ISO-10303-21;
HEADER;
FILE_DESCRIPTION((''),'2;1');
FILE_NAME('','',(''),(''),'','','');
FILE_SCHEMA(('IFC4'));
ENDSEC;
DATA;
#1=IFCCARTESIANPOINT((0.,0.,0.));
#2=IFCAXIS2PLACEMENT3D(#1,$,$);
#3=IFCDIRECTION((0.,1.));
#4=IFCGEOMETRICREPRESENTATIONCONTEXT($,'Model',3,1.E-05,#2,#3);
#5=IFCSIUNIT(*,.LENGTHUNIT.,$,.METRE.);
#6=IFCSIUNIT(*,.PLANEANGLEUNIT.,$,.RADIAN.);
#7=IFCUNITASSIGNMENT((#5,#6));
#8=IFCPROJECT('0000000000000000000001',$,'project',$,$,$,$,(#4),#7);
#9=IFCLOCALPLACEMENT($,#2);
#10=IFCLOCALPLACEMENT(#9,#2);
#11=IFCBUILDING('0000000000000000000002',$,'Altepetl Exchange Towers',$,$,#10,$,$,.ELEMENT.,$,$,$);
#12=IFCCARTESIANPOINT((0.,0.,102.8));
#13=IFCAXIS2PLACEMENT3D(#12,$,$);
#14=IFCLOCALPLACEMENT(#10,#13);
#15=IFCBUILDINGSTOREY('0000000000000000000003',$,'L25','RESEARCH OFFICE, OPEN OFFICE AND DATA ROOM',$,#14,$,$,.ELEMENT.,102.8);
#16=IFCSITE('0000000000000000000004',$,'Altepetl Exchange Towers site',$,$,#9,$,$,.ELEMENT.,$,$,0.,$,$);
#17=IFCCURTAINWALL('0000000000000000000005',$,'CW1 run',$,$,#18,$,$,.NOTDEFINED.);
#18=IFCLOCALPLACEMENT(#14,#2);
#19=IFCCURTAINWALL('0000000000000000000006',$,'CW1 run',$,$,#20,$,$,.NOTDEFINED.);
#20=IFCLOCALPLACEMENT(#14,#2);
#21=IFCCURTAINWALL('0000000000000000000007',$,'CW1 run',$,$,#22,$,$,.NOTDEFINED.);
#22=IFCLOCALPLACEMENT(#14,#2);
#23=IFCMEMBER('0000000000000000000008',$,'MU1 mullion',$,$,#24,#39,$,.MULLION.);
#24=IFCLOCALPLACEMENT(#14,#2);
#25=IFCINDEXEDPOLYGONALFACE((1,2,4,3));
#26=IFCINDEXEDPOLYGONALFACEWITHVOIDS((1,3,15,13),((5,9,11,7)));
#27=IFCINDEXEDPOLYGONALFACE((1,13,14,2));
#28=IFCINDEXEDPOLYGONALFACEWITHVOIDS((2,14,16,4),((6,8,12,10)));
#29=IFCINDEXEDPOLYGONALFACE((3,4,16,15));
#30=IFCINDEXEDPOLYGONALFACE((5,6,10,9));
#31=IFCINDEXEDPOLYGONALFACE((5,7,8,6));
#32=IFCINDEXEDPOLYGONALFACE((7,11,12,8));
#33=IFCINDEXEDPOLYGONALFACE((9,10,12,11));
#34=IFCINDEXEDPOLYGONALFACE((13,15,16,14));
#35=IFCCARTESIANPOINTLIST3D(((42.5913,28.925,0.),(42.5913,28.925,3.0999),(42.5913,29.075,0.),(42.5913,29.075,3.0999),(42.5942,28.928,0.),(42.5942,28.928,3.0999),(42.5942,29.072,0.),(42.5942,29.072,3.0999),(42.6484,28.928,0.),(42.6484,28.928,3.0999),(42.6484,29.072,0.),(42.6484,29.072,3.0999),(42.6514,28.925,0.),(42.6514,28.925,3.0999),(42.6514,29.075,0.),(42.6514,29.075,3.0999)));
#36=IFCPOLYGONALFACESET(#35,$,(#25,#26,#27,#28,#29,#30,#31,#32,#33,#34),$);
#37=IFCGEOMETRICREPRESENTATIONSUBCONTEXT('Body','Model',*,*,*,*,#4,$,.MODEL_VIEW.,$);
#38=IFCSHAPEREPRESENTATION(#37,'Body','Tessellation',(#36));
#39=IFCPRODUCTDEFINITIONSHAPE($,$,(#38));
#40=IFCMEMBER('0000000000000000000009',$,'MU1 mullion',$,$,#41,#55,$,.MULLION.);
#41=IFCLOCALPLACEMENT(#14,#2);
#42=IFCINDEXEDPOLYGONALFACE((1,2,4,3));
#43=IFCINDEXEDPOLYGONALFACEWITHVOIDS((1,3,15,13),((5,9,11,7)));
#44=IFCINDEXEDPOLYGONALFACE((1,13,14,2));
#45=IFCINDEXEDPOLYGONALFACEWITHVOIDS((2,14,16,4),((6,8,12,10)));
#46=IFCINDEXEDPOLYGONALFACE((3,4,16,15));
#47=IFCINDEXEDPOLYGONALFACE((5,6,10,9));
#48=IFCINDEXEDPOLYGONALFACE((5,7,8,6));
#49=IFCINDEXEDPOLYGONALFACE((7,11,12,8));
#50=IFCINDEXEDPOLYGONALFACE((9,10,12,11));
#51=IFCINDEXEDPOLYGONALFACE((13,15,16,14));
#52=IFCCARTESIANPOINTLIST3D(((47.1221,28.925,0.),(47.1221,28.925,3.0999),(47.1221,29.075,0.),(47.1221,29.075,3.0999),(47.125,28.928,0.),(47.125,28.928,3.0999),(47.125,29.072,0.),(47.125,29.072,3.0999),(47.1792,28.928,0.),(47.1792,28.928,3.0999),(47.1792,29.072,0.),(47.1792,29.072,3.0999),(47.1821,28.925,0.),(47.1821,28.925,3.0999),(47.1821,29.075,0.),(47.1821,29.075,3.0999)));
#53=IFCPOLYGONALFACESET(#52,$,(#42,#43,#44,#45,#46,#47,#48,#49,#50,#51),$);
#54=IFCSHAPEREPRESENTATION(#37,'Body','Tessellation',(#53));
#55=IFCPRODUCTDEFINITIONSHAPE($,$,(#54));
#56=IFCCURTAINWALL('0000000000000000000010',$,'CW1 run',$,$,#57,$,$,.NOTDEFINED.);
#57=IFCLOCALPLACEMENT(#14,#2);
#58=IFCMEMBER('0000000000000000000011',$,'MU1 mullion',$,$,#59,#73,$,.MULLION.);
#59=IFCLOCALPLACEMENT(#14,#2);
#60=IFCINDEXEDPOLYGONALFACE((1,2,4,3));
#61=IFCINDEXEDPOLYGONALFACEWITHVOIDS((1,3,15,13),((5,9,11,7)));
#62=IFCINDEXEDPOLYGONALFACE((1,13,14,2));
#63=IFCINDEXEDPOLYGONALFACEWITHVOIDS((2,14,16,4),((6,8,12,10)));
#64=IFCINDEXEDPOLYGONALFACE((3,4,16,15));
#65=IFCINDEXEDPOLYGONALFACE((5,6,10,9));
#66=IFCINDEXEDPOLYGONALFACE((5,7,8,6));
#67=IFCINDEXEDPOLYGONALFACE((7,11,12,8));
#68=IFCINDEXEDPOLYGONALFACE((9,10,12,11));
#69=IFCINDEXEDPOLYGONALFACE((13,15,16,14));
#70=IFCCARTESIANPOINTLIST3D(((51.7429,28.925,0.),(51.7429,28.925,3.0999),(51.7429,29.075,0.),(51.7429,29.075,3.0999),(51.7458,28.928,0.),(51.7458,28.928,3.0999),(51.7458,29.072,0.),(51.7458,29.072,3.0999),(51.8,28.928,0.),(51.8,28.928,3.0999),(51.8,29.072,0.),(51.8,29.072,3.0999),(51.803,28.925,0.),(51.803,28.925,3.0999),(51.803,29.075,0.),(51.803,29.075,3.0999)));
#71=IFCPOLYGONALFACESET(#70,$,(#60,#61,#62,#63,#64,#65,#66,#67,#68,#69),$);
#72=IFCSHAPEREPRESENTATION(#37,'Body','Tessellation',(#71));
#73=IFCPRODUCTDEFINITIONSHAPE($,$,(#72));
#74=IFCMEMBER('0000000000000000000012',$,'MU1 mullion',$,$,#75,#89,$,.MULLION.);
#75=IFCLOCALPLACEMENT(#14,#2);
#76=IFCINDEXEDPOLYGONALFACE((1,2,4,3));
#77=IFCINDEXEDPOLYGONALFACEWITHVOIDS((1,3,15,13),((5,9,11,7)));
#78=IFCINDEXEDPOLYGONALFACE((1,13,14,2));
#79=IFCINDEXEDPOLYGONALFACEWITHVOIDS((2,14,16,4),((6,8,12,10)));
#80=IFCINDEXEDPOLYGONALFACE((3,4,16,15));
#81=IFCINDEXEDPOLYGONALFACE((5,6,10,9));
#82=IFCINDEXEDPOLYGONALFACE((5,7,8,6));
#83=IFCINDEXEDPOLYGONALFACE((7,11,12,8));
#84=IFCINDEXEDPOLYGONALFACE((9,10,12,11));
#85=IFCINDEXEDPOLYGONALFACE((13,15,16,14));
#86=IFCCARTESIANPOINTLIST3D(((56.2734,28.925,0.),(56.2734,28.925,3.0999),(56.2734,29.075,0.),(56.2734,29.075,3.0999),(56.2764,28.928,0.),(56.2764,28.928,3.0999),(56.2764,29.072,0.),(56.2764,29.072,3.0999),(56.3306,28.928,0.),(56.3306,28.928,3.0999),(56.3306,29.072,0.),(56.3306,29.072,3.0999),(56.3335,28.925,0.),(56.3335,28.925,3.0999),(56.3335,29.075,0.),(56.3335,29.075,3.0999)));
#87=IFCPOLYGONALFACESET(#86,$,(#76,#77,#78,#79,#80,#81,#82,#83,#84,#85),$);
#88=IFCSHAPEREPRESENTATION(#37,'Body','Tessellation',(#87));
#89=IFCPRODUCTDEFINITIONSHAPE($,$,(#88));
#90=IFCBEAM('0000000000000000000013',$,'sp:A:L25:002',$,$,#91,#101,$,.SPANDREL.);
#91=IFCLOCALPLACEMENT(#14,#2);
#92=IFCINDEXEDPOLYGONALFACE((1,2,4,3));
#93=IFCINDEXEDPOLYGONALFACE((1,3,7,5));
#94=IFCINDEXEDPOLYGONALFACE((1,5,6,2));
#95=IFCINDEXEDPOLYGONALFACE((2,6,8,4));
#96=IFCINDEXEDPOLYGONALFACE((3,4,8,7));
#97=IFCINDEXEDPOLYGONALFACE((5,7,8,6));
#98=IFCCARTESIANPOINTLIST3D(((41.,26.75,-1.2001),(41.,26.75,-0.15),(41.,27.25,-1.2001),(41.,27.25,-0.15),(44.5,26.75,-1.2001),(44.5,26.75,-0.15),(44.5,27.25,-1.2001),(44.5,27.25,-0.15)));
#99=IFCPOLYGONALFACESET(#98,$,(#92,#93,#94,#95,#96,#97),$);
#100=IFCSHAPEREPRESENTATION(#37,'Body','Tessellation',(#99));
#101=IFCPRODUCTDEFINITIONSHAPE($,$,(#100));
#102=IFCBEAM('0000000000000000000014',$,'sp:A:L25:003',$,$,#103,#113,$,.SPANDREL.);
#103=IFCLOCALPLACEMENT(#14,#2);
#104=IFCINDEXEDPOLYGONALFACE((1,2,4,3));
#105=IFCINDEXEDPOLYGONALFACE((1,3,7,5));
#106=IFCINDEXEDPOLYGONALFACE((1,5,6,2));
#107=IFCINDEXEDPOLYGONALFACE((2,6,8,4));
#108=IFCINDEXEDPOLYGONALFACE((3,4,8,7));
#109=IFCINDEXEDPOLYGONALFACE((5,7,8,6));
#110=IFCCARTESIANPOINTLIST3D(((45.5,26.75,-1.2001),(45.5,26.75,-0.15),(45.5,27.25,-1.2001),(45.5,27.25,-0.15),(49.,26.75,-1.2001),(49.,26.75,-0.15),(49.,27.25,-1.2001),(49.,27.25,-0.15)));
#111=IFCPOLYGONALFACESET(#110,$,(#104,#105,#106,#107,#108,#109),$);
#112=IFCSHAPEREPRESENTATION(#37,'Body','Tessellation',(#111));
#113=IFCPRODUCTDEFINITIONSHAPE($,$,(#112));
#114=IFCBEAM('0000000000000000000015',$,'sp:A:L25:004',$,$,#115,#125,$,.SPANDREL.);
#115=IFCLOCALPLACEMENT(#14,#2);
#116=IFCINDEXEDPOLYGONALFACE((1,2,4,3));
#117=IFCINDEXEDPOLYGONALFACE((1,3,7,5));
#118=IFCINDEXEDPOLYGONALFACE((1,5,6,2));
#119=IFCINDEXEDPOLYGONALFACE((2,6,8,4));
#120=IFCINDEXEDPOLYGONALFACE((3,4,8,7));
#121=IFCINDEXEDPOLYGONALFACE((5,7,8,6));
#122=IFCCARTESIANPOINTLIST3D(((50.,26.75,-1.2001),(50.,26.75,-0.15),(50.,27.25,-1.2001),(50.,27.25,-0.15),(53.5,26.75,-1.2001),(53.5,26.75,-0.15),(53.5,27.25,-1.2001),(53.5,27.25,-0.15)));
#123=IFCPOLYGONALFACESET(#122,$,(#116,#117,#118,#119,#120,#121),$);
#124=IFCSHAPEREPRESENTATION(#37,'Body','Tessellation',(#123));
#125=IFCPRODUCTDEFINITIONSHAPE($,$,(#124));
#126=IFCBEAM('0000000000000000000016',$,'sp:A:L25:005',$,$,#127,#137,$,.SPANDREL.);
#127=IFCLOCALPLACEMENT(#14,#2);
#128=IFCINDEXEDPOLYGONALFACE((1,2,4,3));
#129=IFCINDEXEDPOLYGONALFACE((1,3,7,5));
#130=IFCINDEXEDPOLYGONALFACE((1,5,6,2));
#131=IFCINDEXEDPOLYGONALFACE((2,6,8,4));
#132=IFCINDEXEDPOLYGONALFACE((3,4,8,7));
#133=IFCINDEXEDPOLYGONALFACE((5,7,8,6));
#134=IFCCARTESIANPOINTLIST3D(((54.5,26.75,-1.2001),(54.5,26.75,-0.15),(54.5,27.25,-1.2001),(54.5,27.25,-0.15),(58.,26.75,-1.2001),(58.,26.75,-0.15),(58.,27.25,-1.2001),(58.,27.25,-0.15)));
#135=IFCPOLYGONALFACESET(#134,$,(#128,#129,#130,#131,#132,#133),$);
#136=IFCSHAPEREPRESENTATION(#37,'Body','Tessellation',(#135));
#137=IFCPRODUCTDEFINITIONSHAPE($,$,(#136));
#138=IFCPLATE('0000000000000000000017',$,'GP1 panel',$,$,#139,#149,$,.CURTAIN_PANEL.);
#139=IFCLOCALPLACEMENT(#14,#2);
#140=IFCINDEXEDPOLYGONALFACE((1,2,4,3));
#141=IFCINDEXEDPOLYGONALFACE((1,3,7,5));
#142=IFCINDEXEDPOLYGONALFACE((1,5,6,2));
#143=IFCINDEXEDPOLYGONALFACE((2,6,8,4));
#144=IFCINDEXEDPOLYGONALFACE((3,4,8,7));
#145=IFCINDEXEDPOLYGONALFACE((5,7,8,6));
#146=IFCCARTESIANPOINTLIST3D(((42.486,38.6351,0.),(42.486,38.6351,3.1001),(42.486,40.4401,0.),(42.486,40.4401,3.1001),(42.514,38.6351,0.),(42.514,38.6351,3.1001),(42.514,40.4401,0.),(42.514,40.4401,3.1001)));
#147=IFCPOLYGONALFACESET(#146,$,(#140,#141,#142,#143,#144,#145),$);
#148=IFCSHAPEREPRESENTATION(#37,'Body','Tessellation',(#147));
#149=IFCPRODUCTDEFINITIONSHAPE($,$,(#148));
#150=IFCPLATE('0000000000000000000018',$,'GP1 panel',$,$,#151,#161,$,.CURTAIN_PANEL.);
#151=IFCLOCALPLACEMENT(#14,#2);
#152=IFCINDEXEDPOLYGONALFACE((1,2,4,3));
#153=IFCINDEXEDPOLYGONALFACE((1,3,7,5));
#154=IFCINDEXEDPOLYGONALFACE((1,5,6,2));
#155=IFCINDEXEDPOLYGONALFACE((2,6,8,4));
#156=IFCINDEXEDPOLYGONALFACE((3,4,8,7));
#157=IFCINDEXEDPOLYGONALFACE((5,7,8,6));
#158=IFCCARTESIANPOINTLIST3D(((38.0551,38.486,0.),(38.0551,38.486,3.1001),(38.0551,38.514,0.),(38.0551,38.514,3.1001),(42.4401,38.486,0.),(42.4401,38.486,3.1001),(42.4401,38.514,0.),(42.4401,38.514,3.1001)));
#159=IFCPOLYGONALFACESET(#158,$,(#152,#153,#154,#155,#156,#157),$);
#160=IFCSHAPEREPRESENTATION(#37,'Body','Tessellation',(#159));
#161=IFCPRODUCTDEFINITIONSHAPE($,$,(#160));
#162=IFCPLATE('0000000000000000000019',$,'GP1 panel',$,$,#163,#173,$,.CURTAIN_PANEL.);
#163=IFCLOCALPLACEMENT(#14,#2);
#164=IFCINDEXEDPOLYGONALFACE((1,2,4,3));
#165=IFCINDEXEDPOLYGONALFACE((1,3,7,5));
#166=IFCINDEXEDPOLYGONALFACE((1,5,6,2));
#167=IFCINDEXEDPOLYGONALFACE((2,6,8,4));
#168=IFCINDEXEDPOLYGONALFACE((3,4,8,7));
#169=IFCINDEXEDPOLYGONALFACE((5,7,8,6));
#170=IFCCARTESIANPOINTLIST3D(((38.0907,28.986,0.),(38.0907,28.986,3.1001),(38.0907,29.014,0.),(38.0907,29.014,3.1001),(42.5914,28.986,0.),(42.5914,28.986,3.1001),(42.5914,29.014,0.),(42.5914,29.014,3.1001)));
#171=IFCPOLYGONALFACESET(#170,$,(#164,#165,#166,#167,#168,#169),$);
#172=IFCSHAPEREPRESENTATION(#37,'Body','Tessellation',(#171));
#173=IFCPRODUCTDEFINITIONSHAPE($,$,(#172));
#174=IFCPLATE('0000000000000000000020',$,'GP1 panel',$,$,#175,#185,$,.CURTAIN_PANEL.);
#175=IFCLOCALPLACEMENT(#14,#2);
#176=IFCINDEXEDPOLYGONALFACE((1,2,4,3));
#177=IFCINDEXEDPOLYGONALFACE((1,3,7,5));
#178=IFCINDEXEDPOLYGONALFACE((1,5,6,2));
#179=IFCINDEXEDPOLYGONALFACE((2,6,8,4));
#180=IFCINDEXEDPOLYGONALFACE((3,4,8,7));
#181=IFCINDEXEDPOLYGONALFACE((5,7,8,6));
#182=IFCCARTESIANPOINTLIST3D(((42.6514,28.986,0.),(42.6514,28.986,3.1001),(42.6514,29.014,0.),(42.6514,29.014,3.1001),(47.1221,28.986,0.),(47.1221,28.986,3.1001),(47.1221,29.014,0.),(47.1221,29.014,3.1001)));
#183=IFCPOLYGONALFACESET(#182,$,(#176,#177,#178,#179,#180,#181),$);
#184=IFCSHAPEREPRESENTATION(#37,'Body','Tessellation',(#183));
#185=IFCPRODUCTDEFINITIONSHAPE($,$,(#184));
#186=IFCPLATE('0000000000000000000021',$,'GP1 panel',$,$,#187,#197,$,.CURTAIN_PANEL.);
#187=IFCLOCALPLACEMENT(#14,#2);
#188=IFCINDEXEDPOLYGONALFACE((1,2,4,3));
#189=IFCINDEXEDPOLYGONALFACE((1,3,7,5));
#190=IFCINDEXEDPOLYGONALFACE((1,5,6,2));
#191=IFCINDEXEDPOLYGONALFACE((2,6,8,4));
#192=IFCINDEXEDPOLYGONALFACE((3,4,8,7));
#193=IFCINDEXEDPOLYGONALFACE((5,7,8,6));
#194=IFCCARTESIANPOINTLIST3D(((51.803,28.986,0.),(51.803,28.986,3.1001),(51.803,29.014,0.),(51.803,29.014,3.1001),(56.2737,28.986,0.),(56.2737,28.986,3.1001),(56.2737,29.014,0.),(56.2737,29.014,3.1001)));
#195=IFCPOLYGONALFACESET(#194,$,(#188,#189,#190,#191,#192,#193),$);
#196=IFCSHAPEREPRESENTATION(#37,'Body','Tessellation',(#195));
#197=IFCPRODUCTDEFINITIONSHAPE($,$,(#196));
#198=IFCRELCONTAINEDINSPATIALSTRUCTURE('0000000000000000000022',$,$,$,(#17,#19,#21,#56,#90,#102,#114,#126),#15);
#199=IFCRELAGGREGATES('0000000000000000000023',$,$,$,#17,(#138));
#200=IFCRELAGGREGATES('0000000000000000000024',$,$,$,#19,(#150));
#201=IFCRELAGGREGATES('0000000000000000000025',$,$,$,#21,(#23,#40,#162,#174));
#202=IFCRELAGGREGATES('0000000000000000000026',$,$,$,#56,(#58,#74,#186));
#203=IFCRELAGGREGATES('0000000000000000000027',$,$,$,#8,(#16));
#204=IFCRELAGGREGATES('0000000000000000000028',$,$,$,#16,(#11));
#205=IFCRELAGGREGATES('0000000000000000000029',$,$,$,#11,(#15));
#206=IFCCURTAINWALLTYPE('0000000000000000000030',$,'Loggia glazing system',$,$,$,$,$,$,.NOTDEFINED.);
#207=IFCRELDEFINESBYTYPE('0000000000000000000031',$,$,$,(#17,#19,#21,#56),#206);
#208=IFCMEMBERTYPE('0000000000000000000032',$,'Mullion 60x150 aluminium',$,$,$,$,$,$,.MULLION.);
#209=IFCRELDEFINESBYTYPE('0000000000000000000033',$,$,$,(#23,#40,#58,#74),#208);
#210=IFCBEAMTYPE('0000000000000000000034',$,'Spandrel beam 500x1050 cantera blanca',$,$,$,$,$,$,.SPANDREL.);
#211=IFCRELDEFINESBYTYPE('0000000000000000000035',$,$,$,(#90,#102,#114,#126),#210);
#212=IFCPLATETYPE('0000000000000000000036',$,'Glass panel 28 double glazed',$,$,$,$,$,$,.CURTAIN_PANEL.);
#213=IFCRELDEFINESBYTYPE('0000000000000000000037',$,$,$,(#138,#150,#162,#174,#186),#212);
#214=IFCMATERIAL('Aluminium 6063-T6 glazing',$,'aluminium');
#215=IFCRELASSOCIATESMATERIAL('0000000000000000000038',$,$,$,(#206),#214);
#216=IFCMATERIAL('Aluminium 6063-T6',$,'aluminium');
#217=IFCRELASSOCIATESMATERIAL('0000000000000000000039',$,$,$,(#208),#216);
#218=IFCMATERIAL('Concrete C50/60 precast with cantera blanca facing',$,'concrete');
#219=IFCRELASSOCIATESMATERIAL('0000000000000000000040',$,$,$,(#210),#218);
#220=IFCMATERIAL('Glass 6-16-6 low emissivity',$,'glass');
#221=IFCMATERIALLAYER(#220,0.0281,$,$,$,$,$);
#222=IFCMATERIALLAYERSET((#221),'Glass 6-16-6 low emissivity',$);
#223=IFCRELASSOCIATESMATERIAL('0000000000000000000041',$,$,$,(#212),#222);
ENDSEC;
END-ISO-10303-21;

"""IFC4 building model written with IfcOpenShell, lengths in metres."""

from ifc_helpers import new_model, si_unit, direction, frame, origin, origin_2d, place, context, subcontext, project, spatial, rectangle, hollow_rectangle, extrude, material, layer, layer_set, material_profile, profile_set, type_object, element, aggregate, save


model = new_model("IFC4")

# Units and contexts
model_context = context("Model", 3, precision=1e-05, world=origin(), true_north=direction((0.0, 1.0)))
body_context = subcontext(model_context, "Body", "Model", "MODEL_VIEW")
ifc_project = project(units=[si_unit("LENGTHUNIT", "METRE"), si_unit("PLANEANGLEUNIT", "RADIAN")], contexts=[model_context])

# Site, building, storey
site_placement = place(None, origin())
site = spatial("IfcSite", under=ifc_project, at=site_placement, Name="Altepetl Exchange Towers site", CompositionType="ELEMENT", RefElevation=0.0)
building_placement = place(site_placement, origin())
building = spatial("IfcBuilding", under=site, at=building_placement, Name="Altepetl Exchange Towers", CompositionType="ELEMENT")
storey_placement = place(building_placement, frame((0.0, 0.0, 102.8)))
storey = spatial("IfcBuildingStorey", under=building, at=storey_placement, Name="L25", Description="RESEARCH OFFICE, OPEN OFFICE AND DATA ROOM", CompositionType="ELEMENT", Elevation=102.8)

# Curtain walls
ifc_material_1 = material(Name="Aluminium 6063-T6 glazing", Category="aluminium")
curtain_wall_type = type_object("IfcCurtainWallType", Name="Loggia glazing system", PredefinedType="NOTDEFINED", material=ifc_material_1)
curtain_wall_1_placement = place(storey_placement, origin())
curtain_wall_1 = element("IfcCurtainWall", 1, at=curtain_wall_1_placement, inside=storey, type_object=curtain_wall_type, Name="CW1 run", PredefinedType="NOTDEFINED")
ifc_material_2 = material(Name="Aluminium 6063-T6", Category="aluminium")
ifc_material_profile_1 = material_profile(ifc_material_2, hollow_rectangle(XDim=0.0601, YDim=0.1499, WallThickness=0.0029, at=origin_2d()), Name="Mullion 60x150 aluminium")
ifc_profile_set_1 = profile_set([ifc_material_profile_1], Name="Aluminium 6063-T6")
member_type = type_object("IfcMemberType", Name="Mullion 60x150 aluminium", PredefinedType="MULLION", material=ifc_profile_set_1)
curtain_wall_2_placement = place(storey_placement, origin())
curtain_wall_2 = element("IfcCurtainWall", 2, at=curtain_wall_2_placement, inside=storey, type_object=curtain_wall_type, Name="CW1 run", PredefinedType="NOTDEFINED")

# Curtain walls, members
curtain_wall_3_placement = place(storey_placement, origin())
curtain_wall_3 = element("IfcCurtainWall", 3, at=curtain_wall_3_placement, inside=storey, type_object=curtain_wall_type, Name="CW1 run", PredefinedType="NOTDEFINED")
member_1_placement = place(storey_placement, frame((42.6213, 29.0, 0.0)))
member_1 = element("IfcMember", 4, at=member_1_placement, type_object=member_type, Name="MU1 mullion", PredefinedType="MULLION", context=body_context, shape_type="SweptSolid", body=[
    extrude(hollow_rectangle(XDim=0.0601, YDim=0.1499, WallThickness=0.0029, at=origin_2d()), origin(), (0.0, 0.0, 1.0), 3.0999),
])
member_2_placement = place(storey_placement, frame((47.1521, 29.0, 0.0)))
member_2 = element("IfcMember", 5, at=member_2_placement, type_object=member_type, Name="MU1 mullion", PredefinedType="MULLION", context=body_context, shape_type="SweptSolid", body=[
    extrude(hollow_rectangle(XDim=0.0601, YDim=0.1499, WallThickness=0.0029, at=origin_2d()), origin(), (0.0, 0.0, 1.0), 3.0999),
])
curtain_wall_4_placement = place(storey_placement, origin())
curtain_wall_4 = element("IfcCurtainWall", 6, at=curtain_wall_4_placement, inside=storey, type_object=curtain_wall_type, Name="CW1 run", PredefinedType="NOTDEFINED")
member_3_placement = place(storey_placement, frame((51.7729, 29.0, 0.0)))
member_3 = element("IfcMember", 7, at=member_3_placement, type_object=member_type, Name="MU1 mullion", PredefinedType="MULLION", context=body_context, shape_type="SweptSolid", body=[
    extrude(hollow_rectangle(XDim=0.0601, YDim=0.1499, WallThickness=0.0029, at=origin_2d()), origin(), (0.0, 0.0, 1.0), 3.0999),
])
member_4_placement = place(storey_placement, frame((56.3035, 29.0, 0.0)))
member_4 = element("IfcMember", 8, at=member_4_placement, type_object=member_type, Name="MU1 mullion", PredefinedType="MULLION", context=body_context, shape_type="SweptSolid", body=[
    extrude(hollow_rectangle(XDim=0.0601, YDim=0.1499, WallThickness=0.0029, at=origin_2d()), origin(), (0.0, 0.0, 1.0), 3.0999),
])

# Beams
ifc_material_3 = material(Name="Concrete C50/60 precast with cantera blanca facing", Category="concrete")
ifc_material_profile_2 = material_profile(ifc_material_3, rectangle(XDim=0.5, YDim=1.05, at=origin_2d()), Name="500 x 1050")
ifc_profile_set_2 = profile_set([ifc_material_profile_2], Name="Concrete C50/60 precast with cantera blanca facing")
beam_type_1 = type_object("IfcBeamType", Name="Spandrel beam 500x1050 cantera blanca", PredefinedType="SPANDREL", material=ifc_profile_set_2)
for number, where, z_axis, x_axis, name in (
    (9, (41.0, 27.0, -0.675), (1.0, 0.0, 0.0), (0.0, 1.0, 0.0), "sp:A:L25:002"),
    (10, (45.5, 27.0, -0.675), (1.0, 0.0, 0.0), (0.0, 1.0, 0.0), "sp:A:L25:003"),
    (11, (50.0, 27.0, -0.675), (1.0, 0.0, 0.0), (0.0, 1.0, 0.0), "sp:A:L25:004"),
    (12, (54.5, 27.0, -0.675), (1.0, 0.0, 0.0), (0.0, 1.0, 0.0), "sp:A:L25:005"),
):
    element("IfcBeam", number, at=place(storey_placement, frame(where, z_axis=z_axis, x_axis=x_axis)), inside=storey, type_object=beam_type_1, Name=name, PredefinedType="SPANDREL", context=body_context, shape_type="SweptSolid", body=[
        extrude(rectangle(XDim=0.5, YDim=1.05, at=origin_2d()), origin(), (0.0, 0.0, 1.0), 3.5),
    ])

# Plates
ifc_material_4 = material(Name="Glass 6-16-6 low emissivity", Category="glass")
ifc_layer_1 = layer(ifc_material_4, 0.0281)
ifc_layer_set_1 = layer_set([ifc_layer_1], Name="Glass 6-16-6 low emissivity")
plate_type = type_object("IfcPlateType", Name="Glass panel 28 double glazed", PredefinedType="CURTAIN_PANEL", material=ifc_layer_set_1)
plate_1_placement = place(storey_placement, frame((42.5, 39.5376, 0.0), z_axis=(0.0, 0.0, 1.0), x_axis=(0.0, -1.0, 0.0)))
plate_1 = element("IfcPlate", 13, at=plate_1_placement, type_object=plate_type, Name="GP1 panel", PredefinedType="CURTAIN_PANEL", context=body_context, shape_type="SweptSolid", body=[
    extrude(rectangle(XDim=1.8049, YDim=0.0281, at=origin_2d()), origin(), (0.0, 0.0, 1.0), 3.1001),
])
aggregate(curtain_wall_1, [plate_1])
plate_2_placement = place(storey_placement, frame((40.2476, 38.5, 0.0), z_axis=(0.0, 0.0, 1.0), x_axis=(-1.0, 0.0, 0.0)))
plate_2 = element("IfcPlate", 14, at=plate_2_placement, type_object=plate_type, Name="GP1 panel", PredefinedType="CURTAIN_PANEL", context=body_context, shape_type="SweptSolid", body=[
    extrude(rectangle(XDim=4.385, YDim=0.0281, at=origin_2d()), origin(), (0.0, 0.0, 1.0), 3.1001),
])
aggregate(curtain_wall_2, [plate_2])
plate_3_placement = place(storey_placement, frame((40.3411, 29.0, 0.0)))
plate_3 = element("IfcPlate", 15, at=plate_3_placement, type_object=plate_type, Name="GP1 panel", PredefinedType="CURTAIN_PANEL", context=body_context, shape_type="SweptSolid", body=[
    extrude(rectangle(XDim=4.5007, YDim=0.0281, at=origin_2d()), origin(), (0.0, 0.0, 1.0), 3.1001),
])
plate_4_placement = place(storey_placement, frame((44.8867, 29.0, 0.0)))
plate_4 = element("IfcPlate", 16, at=plate_4_placement, type_object=plate_type, Name="GP1 panel", PredefinedType="CURTAIN_PANEL", context=body_context, shape_type="SweptSolid", body=[
    extrude(rectangle(XDim=4.4707, YDim=0.0281, at=origin_2d()), origin(), (0.0, 0.0, 1.0), 3.1001),
])
aggregate(curtain_wall_3, [member_1, member_2, plate_3, plate_4])
plate_5_placement = place(storey_placement, frame((54.0383, 29.0, 0.0)))
plate_5 = element("IfcPlate", 17, at=plate_5_placement, type_object=plate_type, Name="GP1 panel", PredefinedType="CURTAIN_PANEL", context=body_context, shape_type="SweptSolid", body=[
    extrude(rectangle(XDim=4.4707, YDim=0.0281, at=origin_2d()), origin(), (0.0, 0.0, 1.0), 3.1001),
])
aggregate(curtain_wall_4, [member_3, member_4, plate_5])

save(model, "model.ifc")
